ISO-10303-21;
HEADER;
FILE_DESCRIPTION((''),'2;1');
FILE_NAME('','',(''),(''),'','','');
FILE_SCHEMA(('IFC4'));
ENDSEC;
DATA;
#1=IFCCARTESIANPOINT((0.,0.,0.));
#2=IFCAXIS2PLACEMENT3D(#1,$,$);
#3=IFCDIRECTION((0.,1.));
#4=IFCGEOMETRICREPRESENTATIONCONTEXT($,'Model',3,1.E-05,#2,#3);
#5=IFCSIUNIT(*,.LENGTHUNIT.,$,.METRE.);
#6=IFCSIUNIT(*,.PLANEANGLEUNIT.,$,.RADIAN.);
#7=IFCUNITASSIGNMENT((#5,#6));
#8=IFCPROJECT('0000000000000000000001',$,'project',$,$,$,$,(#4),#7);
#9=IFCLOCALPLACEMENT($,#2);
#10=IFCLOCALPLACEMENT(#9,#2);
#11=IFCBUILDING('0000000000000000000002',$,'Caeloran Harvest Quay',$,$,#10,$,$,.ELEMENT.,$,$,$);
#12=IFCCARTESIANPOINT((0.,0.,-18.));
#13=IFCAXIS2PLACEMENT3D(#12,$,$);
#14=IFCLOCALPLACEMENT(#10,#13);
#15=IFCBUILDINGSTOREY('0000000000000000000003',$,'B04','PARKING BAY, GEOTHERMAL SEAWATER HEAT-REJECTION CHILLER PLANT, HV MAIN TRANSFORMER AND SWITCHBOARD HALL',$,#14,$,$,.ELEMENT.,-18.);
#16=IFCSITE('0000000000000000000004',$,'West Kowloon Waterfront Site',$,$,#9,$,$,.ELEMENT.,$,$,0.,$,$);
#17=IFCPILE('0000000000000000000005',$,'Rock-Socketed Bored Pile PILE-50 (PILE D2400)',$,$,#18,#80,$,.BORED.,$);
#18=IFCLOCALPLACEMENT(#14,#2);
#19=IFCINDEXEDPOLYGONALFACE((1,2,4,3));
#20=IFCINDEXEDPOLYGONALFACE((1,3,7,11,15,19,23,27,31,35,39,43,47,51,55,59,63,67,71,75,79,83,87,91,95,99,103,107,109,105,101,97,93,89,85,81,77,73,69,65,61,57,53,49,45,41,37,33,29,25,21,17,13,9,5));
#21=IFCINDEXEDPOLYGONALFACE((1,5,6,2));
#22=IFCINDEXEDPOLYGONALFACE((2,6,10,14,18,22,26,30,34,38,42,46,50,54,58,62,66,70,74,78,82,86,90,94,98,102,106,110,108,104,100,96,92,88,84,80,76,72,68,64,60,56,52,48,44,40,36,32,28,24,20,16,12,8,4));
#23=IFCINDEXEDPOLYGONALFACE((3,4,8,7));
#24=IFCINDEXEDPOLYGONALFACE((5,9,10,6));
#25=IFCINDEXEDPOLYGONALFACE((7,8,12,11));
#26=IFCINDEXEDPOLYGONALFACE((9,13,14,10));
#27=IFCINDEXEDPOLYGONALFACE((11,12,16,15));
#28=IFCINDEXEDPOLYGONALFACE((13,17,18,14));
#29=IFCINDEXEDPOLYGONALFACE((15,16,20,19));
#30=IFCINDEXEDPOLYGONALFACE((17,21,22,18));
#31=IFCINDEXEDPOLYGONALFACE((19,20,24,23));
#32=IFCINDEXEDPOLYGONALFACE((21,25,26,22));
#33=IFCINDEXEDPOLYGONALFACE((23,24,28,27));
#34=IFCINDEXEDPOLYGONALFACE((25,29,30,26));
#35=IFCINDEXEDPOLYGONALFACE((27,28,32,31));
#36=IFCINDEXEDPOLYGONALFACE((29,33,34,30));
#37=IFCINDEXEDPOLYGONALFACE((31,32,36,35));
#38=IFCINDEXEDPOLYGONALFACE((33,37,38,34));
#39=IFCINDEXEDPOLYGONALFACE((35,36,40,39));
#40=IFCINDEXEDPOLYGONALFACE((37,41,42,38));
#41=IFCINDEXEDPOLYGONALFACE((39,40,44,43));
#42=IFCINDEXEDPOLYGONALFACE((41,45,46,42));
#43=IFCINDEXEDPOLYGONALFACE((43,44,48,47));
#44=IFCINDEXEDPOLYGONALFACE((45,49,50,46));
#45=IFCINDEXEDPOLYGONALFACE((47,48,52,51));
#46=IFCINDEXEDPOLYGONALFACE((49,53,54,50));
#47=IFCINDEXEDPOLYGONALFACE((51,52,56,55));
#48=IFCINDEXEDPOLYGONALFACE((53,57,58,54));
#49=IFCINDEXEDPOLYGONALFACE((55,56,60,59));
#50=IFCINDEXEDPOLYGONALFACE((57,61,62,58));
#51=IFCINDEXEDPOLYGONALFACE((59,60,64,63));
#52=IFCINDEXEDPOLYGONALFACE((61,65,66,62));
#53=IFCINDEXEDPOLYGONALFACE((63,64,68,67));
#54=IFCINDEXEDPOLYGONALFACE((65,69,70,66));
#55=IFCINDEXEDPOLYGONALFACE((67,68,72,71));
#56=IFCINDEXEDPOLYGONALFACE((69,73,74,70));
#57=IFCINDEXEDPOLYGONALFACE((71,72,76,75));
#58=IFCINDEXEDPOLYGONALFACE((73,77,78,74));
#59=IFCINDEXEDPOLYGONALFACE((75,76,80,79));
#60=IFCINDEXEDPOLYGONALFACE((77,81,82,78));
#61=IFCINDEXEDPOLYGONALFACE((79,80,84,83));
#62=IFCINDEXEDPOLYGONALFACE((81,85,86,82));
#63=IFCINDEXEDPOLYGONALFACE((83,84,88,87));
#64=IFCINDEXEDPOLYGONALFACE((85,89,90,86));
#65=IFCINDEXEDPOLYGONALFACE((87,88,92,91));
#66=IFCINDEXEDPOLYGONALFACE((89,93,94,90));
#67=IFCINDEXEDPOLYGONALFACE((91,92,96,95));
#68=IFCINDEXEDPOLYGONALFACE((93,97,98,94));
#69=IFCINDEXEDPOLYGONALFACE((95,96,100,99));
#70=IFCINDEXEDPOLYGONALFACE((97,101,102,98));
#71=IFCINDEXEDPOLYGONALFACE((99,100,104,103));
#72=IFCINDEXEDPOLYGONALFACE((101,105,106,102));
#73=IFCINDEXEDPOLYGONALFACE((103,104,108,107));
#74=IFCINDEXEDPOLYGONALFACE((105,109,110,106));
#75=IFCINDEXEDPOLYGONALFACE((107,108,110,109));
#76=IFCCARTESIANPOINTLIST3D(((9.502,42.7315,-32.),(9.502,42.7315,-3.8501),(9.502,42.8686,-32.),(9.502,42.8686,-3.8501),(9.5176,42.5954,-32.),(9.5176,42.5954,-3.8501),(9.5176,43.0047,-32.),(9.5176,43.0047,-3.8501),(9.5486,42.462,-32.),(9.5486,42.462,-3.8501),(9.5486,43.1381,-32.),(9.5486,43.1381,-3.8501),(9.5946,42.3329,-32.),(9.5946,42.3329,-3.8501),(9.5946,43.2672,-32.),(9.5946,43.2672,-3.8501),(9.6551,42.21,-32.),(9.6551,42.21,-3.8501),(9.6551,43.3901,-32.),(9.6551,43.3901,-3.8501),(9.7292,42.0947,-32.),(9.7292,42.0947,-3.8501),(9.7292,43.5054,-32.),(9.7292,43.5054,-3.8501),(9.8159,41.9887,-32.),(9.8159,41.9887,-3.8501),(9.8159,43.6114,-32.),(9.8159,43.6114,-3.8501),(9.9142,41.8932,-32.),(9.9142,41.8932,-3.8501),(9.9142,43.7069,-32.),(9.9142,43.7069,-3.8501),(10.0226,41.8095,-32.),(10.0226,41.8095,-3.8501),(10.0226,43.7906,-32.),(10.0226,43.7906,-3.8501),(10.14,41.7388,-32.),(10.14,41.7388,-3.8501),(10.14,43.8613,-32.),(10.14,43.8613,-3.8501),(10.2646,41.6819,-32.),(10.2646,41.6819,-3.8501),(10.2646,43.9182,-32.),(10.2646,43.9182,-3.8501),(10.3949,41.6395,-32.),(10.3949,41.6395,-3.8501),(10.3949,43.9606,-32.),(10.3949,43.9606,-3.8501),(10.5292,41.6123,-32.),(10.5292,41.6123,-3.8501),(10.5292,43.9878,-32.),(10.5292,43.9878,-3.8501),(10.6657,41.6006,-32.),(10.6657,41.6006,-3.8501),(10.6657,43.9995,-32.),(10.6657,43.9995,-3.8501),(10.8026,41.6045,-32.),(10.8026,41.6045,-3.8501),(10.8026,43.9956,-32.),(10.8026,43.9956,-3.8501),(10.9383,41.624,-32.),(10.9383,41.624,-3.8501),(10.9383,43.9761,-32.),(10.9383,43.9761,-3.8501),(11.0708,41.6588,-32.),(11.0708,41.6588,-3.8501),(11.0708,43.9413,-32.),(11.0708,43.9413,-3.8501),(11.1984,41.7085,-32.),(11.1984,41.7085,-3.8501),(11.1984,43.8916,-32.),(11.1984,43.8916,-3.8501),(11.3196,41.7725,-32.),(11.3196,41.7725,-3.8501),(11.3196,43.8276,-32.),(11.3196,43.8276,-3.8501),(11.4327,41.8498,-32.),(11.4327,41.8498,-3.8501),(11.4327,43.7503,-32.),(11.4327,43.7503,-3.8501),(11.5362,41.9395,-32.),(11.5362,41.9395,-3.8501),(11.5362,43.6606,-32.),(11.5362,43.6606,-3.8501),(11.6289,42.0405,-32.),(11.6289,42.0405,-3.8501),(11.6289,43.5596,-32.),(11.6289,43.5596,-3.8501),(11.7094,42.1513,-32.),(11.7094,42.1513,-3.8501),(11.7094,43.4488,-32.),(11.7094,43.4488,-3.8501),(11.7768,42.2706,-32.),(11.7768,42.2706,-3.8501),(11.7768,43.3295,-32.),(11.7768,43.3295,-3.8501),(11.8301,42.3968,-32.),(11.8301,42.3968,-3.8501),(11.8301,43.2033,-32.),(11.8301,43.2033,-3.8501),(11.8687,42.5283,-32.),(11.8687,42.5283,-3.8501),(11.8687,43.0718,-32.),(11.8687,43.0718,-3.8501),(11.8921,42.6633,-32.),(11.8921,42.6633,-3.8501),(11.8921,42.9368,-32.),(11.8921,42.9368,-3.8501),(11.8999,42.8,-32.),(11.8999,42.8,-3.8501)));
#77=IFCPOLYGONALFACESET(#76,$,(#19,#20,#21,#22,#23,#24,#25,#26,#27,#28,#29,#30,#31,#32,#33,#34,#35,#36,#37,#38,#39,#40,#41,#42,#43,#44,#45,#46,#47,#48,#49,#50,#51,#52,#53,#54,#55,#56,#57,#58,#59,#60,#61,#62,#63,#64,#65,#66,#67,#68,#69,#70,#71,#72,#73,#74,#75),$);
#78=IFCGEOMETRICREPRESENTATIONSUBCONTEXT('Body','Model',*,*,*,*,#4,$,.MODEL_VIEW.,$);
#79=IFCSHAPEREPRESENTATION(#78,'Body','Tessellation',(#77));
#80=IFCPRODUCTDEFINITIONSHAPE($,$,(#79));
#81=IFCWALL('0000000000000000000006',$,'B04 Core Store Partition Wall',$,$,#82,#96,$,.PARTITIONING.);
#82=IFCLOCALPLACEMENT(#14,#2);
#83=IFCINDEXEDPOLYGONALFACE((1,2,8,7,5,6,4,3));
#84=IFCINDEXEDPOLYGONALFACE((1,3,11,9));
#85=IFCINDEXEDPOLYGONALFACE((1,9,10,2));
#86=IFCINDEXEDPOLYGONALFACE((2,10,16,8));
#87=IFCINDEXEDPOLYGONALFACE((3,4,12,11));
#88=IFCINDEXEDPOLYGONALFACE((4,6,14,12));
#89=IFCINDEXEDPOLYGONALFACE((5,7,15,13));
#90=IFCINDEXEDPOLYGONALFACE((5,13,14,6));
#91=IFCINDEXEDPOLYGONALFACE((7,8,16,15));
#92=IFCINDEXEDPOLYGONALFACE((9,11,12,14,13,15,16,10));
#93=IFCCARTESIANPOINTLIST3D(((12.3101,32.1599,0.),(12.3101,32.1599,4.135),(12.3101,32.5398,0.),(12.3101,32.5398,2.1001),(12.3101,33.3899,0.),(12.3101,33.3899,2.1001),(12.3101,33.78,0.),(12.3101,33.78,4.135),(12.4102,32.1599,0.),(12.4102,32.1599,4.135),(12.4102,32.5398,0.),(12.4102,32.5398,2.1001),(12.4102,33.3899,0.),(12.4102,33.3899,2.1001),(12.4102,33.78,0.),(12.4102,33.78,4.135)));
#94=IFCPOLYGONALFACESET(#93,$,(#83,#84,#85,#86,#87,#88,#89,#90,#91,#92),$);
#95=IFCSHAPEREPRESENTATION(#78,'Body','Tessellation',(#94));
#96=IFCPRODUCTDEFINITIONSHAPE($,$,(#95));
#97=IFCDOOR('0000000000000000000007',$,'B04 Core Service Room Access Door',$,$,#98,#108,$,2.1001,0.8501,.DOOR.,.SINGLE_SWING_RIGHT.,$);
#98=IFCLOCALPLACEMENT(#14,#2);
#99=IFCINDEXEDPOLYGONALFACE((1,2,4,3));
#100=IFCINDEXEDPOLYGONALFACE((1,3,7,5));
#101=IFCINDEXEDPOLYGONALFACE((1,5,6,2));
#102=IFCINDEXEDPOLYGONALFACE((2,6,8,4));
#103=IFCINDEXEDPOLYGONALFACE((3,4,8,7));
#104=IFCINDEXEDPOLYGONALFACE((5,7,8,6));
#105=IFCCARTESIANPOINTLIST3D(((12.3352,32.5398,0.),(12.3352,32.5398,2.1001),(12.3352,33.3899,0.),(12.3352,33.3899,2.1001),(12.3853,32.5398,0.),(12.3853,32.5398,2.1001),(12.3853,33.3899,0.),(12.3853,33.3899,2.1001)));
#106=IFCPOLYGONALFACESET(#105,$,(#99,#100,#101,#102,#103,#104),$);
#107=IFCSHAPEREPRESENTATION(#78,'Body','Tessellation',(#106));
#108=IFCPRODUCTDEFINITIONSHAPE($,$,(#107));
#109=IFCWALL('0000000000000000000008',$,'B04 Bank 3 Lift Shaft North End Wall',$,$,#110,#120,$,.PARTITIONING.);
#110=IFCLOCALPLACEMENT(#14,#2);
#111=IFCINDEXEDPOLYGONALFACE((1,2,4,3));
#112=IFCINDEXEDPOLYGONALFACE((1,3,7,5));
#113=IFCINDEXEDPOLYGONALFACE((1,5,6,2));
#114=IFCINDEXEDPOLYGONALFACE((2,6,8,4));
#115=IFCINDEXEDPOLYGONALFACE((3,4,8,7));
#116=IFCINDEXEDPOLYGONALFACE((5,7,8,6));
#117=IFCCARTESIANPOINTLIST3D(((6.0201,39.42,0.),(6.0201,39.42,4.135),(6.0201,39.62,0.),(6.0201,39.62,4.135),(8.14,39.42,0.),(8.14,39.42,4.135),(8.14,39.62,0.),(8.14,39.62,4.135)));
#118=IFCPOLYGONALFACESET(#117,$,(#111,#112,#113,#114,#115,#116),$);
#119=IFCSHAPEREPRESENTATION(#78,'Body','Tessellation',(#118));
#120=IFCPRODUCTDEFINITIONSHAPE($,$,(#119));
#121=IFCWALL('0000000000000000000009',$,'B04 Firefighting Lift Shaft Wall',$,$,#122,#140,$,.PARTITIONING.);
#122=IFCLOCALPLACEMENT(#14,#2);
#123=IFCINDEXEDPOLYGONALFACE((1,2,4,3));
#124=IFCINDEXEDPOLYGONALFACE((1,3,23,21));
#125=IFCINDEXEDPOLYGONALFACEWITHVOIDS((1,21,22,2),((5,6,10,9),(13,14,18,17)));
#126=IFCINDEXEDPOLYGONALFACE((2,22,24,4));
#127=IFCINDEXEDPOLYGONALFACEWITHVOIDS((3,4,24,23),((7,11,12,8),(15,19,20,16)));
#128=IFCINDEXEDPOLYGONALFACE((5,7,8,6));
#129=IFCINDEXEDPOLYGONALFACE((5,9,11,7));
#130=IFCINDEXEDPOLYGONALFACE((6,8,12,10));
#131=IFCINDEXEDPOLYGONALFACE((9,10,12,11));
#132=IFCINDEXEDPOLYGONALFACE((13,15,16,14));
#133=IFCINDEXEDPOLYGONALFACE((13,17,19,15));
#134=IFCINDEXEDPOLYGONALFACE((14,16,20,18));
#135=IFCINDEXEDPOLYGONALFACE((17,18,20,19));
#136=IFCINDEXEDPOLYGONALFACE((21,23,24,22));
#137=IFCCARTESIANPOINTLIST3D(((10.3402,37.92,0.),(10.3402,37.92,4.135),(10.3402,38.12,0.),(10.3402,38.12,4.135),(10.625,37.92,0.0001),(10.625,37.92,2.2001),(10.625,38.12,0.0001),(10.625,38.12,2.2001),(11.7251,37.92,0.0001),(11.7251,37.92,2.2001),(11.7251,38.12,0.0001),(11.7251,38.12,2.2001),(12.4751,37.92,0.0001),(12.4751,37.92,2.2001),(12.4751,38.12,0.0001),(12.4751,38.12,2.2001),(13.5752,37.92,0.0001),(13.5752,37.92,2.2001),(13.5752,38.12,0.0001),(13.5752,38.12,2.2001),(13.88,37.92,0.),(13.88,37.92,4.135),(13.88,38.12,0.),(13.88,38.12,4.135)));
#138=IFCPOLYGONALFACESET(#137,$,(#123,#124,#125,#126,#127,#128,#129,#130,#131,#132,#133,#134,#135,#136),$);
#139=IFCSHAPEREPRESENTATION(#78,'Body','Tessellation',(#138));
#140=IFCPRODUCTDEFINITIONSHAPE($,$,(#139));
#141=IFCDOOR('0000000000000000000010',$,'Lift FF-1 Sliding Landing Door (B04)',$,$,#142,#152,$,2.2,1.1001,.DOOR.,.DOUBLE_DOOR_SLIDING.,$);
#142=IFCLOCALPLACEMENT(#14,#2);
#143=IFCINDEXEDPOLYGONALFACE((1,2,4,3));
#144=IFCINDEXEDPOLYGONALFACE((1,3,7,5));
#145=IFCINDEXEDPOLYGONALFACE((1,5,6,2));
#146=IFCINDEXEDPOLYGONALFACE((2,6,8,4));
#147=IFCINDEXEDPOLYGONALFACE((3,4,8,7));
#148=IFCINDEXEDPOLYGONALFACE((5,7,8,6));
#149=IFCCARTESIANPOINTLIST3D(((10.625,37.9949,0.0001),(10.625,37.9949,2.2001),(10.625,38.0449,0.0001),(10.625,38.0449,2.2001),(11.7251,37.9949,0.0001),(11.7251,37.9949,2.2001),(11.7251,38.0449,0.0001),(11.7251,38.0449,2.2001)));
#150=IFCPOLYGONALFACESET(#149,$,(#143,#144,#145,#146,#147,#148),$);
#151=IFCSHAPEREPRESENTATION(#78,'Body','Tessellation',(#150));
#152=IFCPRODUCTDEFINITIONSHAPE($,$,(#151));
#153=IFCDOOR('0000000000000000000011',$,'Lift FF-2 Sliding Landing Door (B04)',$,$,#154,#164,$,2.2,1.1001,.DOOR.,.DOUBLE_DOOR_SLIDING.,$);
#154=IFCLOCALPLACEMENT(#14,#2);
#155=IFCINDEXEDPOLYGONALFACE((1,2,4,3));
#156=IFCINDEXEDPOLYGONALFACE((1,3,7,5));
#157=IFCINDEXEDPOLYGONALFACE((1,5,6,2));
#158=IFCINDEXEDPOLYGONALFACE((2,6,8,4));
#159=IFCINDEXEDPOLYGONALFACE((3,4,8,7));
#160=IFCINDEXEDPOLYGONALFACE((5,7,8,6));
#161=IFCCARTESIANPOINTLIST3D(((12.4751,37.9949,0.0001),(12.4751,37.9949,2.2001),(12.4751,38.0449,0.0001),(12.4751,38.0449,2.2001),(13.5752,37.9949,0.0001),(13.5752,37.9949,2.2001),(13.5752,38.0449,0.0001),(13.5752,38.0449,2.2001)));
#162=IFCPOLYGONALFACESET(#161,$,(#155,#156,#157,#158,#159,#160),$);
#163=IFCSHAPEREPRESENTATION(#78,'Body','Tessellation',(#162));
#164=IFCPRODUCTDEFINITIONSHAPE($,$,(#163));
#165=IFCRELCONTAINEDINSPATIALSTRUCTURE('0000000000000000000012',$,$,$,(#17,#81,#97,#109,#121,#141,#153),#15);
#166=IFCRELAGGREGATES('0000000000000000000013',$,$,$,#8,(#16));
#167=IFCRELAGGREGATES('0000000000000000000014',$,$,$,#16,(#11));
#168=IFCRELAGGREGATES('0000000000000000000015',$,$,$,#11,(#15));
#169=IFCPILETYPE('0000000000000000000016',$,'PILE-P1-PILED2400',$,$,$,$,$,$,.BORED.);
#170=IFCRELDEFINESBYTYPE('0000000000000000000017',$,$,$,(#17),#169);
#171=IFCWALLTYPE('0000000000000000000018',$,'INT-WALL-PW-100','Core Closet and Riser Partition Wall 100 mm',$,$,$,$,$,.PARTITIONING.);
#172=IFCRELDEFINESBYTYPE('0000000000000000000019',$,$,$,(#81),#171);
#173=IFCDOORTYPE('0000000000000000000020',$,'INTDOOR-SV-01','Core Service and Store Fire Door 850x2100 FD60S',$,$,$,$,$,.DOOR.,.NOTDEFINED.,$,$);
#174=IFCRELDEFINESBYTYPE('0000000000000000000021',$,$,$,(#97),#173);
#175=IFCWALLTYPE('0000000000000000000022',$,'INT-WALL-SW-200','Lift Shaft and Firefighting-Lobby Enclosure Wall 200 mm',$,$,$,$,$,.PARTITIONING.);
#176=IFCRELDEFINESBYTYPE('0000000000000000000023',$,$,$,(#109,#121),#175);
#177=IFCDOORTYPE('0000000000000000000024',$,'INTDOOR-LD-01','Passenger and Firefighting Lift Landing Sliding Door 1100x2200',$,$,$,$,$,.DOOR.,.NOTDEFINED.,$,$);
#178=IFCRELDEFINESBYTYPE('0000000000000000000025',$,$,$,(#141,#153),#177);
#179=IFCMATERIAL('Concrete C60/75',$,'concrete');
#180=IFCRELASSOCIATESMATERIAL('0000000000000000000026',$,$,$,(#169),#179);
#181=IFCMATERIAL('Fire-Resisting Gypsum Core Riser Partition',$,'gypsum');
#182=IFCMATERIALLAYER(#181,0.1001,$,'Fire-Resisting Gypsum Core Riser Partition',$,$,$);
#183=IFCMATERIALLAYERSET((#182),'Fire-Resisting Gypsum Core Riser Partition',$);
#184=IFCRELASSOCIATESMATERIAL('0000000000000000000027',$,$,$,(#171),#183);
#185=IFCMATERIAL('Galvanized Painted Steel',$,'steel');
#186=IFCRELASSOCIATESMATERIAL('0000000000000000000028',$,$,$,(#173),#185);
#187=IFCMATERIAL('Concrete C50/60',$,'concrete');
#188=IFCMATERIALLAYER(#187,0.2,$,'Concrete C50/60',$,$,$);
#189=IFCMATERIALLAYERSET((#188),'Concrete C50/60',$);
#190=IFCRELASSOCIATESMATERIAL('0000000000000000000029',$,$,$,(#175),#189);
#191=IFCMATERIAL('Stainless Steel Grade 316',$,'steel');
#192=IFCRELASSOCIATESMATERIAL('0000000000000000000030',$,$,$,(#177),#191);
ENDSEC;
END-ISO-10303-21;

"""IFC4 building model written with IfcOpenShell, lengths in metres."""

from ifc_helpers import new_model, si_unit, direction, frame, frame_2d, origin, origin_2d, place, context, subcontext, project, spatial, rectangle, circle, extrude, material, layer, layer_set, material_profile, profile_set, type_object, element, fill, save


model = new_model("IFC4")

# Units and contexts
model_context = context("Model", 3, precision=1e-05, world=origin(), true_north=direction((0.0, 1.0)))
body_context = subcontext(model_context, "Body", "Model", "MODEL_VIEW")
ifc_project = project(units=[si_unit("LENGTHUNIT", "METRE"), si_unit("PLANEANGLEUNIT", "RADIAN")], contexts=[model_context])

# Site, building, storey
site_placement = place(None, origin())
site = spatial("IfcSite", under=ifc_project, at=site_placement, Name="West Kowloon Waterfront Site", CompositionType="ELEMENT", RefElevation=0.0)
building_placement = place(site_placement, origin())
building = spatial("IfcBuilding", under=site, at=building_placement, Name="Caeloran Harvest Quay", CompositionType="ELEMENT")
storey_placement = place(building_placement, frame((0.0, 0.0, -18.0)))
storey = spatial("IfcBuildingStorey", under=building, at=storey_placement, Name="B04", Description="PARKING BAY, GEOTHERMAL SEAWATER HEAT-REJECTION CHILLER PLANT, HV MAIN TRANSFORMER AND SWITCHBOARD HALL", CompositionType="ELEMENT", Elevation=-18.0)

# Pile
ifc_material_1 = material(Name="Concrete C60/75", Category="concrete")
ifc_material_profile = material_profile(ifc_material_1, circle(Radius=1.2, at=origin_2d()), Name="PILE D2400")
ifc_profile_set = profile_set([ifc_material_profile], Name="Concrete C60/75")
pile_type = type_object("IfcPileType", Name="PILE-P1-PILED2400", PredefinedType="BORED", material=ifc_profile_set)
for number, where, z_axis, x_axis, name in (
    (1, (10.7, 42.8, -3.8501), (0.0, 0.0, -1.0), (1.0, 0.0, 0.0), "Rock-Socketed Bored Pile PILE-50 (PILE D2400)"),
):
    element("IfcPile", number, at=place(storey_placement, frame(where, z_axis=z_axis, x_axis=x_axis)), inside=storey, type_object=pile_type, Name=name, PredefinedType="BORED", context=body_context, shape_type="SweptSolid", body=[
        extrude(circle(Radius=1.2, at=origin_2d()), origin(), (0.0, 0.0, 1.0), 28.1499),
    ])

# Wall, opening, door
ifc_material_2 = material(Name="Fire-Resisting Gypsum Core Riser Partition", Category="gypsum")
ifc_layer_1 = layer(ifc_material_2, 0.1001, Name="Fire-Resisting Gypsum Core Riser Partition")
ifc_layer_set_1 = layer_set([ifc_layer_1], Name="Fire-Resisting Gypsum Core Riser Partition")
wall_type_1 = type_object("IfcWallType", Name="INT-WALL-PW-100", Description="Core Closet and Riser Partition Wall 100 mm", PredefinedType="PARTITIONING", material=ifc_layer_set_1)
wall_1_placement = place(storey_placement, frame((12.3601, 32.1599, 0.0), z_axis=(0.0, 0.0, 1.0), x_axis=(0.0, 1.0, 0.0)))
wall_1 = element("IfcWall", 2, at=wall_1_placement, inside=storey, type_object=wall_type_1, Name="B04 Core Store Partition Wall", PredefinedType="PARTITIONING", context=body_context, shape_type="SweptSolid", body=[
    extrude(rectangle(XDim=1.6201, YDim=0.1001, at=frame_2d((0.8101, 0.0))), origin(), (0.0, 0.0, 1.0), 4.135),
])
opening_1_placement = place(wall_1_placement, frame((0.3799, 0.0, 0.0)))
opening_1 = element("IfcOpeningElement", 3, at=opening_1_placement, cuts=wall_1, PredefinedType="OPENING", context=body_context, shape_type="SweptSolid", body=[
    extrude(rectangle(XDim=0.8501, YDim=2.1001, at=frame_2d((0.425, 1.05))), frame((0.0, 0.0601, 0.0), z_axis=(0.0, -1.0, 0.0), x_axis=(1.0, 0.0, 0.0)), (0.0, 0.0, 1.0), 0.1201),
])
ifc_material_3 = material(Name="Galvanized Painted Steel", Category="steel")
door_type_1 = type_object("IfcDoorType", Name="INTDOOR-SV-01", Description="Core Service and Store Fire Door 850x2100 FD60S", OperationType="NOTDEFINED", PredefinedType="DOOR", material=ifc_material_3)
door_1_placement = place(opening_1_placement, origin())
door_1 = element("IfcDoor", 4, at=door_1_placement, inside=storey, type_object=door_type_1, Name="B04 Core Service Room Access Door", OperationType="SINGLE_SWING_RIGHT", OverallHeight=2.1001, OverallWidth=0.8501, PredefinedType="DOOR", context=body_context, shape_type="SweptSolid", body=[
    extrude(rectangle(XDim=0.8501, YDim=2.1001, at=frame_2d((0.425, 1.05))), frame((0.0, 0.0249, 0.0), z_axis=(0.0, -1.0, 0.0), x_axis=(1.0, 0.0, 0.0)), (0.0, 0.0, 1.0), 0.05),
])
fill(opening_1, door_1)

# Wall
ifc_material_4 = material(Name="Concrete C50/60", Category="concrete")
ifc_layer_2 = layer(ifc_material_4, 0.2, Name="Concrete C50/60")
ifc_layer_set_2 = layer_set([ifc_layer_2], Name="Concrete C50/60")
wall_type_2 = type_object("IfcWallType", Name="INT-WALL-SW-200", Description="Lift Shaft and Firefighting-Lobby Enclosure Wall 200 mm", PredefinedType="PARTITIONING", material=ifc_layer_set_2)
wall_2_placement = place(storey_placement, frame((6.02, 39.52, 0.0), z_axis=(0.0, 0.0, 1.0), x_axis=(1.0, 0.0, 0.0)))
element("IfcWall", 5, at=wall_2_placement, inside=storey, type_object=wall_type_2, Name="B04 Bank 3 Lift Shaft North End Wall", PredefinedType="PARTITIONING", context=body_context, shape_type="SweptSolid", body=[
    extrude(rectangle(XDim=2.1199, YDim=0.2, at=frame_2d((1.0601, 0.0))), origin(), (0.0, 0.0, 1.0), 4.135),
])

# Wall, openings, doors
wall_3_placement = place(storey_placement, frame((10.3401, 38.02, 0.0), z_axis=(0.0, 0.0, 1.0), x_axis=(1.0, 0.0, 0.0)))
wall_3 = element("IfcWall", 6, at=wall_3_placement, inside=storey, type_object=wall_type_2, Name="B04 Firefighting Lift Shaft Wall", PredefinedType="PARTITIONING", context=body_context, shape_type="SweptSolid", body=[
    extrude(rectangle(XDim=3.5398, YDim=0.2, at=frame_2d((1.77, 0.0))), origin(), (0.0, 0.0, 1.0), 4.135),
])
opening_2_placement = place(wall_3_placement, frame((0.2849, 0.0, 0.0)))
opening_2 = element("IfcOpeningElement", 7, at=opening_2_placement, cuts=wall_3, PredefinedType="OPENING", context=body_context, shape_type="SweptSolid", body=[
    extrude(rectangle(XDim=1.1001, YDim=2.2, at=frame_2d((0.55, 1.1001))), frame((0.0, 0.1099, 0.0), z_axis=(0.0, -1.0, 0.0), x_axis=(1.0, 0.0, 0.0)), (0.0, 0.0, 1.0), 0.22),
])
opening_3_placement = place(wall_3_placement, frame((2.135, 0.0, 0.0)))
opening_3 = element("IfcOpeningElement", 8, at=opening_3_placement, cuts=wall_3, PredefinedType="OPENING", context=body_context, shape_type="SweptSolid", body=[
    extrude(rectangle(XDim=1.1001, YDim=2.2, at=frame_2d((0.55, 1.1001))), frame((0.0, 0.1099, 0.0), z_axis=(0.0, -1.0, 0.0), x_axis=(1.0, 0.0, 0.0)), (0.0, 0.0, 1.0), 0.22),
])
ifc_material_5 = material(Name="Stainless Steel Grade 316", Category="steel")
door_type_2 = type_object("IfcDoorType", Name="INTDOOR-LD-01", Description="Passenger and Firefighting Lift Landing Sliding Door 1100x2200", OperationType="NOTDEFINED", PredefinedType="DOOR", material=ifc_material_5)
door_2_placement = place(opening_2_placement, origin())
door_2 = element("IfcDoor", 9, at=door_2_placement, inside=storey, type_object=door_type_2, Name="Lift FF-1 Sliding Landing Door (B04)", OperationType="DOUBLE_DOOR_SLIDING", OverallHeight=2.2, OverallWidth=1.1001, PredefinedType="DOOR", context=body_context, shape_type="SweptSolid", body=[
    extrude(rectangle(XDim=1.1001, YDim=2.2, at=frame_2d((0.55, 1.1001))), frame((0.0, 0.0249, 0.0), z_axis=(0.0, -1.0, 0.0), x_axis=(1.0, 0.0, 0.0)), (0.0, 0.0, 1.0), 0.05),
])
fill(opening_2, door_2)
door_3_placement = place(opening_3_placement, origin())
door_3 = element("IfcDoor", 10, at=door_3_placement, inside=storey, type_object=door_type_2, Name="Lift FF-2 Sliding Landing Door (B04)", OperationType="DOUBLE_DOOR_SLIDING", OverallHeight=2.2, OverallWidth=1.1001, PredefinedType="DOOR", context=body_context, shape_type="SweptSolid", body=[
    extrude(rectangle(XDim=1.1001, YDim=2.2, at=frame_2d((0.55, 1.1001))), frame((0.0, 0.0249, 0.0), z_axis=(0.0, -1.0, 0.0), x_axis=(1.0, 0.0, 0.0)), (0.0, 0.0, 1.0), 0.05),
])
fill(opening_3, door_3)

save(model, "model.ifc")
